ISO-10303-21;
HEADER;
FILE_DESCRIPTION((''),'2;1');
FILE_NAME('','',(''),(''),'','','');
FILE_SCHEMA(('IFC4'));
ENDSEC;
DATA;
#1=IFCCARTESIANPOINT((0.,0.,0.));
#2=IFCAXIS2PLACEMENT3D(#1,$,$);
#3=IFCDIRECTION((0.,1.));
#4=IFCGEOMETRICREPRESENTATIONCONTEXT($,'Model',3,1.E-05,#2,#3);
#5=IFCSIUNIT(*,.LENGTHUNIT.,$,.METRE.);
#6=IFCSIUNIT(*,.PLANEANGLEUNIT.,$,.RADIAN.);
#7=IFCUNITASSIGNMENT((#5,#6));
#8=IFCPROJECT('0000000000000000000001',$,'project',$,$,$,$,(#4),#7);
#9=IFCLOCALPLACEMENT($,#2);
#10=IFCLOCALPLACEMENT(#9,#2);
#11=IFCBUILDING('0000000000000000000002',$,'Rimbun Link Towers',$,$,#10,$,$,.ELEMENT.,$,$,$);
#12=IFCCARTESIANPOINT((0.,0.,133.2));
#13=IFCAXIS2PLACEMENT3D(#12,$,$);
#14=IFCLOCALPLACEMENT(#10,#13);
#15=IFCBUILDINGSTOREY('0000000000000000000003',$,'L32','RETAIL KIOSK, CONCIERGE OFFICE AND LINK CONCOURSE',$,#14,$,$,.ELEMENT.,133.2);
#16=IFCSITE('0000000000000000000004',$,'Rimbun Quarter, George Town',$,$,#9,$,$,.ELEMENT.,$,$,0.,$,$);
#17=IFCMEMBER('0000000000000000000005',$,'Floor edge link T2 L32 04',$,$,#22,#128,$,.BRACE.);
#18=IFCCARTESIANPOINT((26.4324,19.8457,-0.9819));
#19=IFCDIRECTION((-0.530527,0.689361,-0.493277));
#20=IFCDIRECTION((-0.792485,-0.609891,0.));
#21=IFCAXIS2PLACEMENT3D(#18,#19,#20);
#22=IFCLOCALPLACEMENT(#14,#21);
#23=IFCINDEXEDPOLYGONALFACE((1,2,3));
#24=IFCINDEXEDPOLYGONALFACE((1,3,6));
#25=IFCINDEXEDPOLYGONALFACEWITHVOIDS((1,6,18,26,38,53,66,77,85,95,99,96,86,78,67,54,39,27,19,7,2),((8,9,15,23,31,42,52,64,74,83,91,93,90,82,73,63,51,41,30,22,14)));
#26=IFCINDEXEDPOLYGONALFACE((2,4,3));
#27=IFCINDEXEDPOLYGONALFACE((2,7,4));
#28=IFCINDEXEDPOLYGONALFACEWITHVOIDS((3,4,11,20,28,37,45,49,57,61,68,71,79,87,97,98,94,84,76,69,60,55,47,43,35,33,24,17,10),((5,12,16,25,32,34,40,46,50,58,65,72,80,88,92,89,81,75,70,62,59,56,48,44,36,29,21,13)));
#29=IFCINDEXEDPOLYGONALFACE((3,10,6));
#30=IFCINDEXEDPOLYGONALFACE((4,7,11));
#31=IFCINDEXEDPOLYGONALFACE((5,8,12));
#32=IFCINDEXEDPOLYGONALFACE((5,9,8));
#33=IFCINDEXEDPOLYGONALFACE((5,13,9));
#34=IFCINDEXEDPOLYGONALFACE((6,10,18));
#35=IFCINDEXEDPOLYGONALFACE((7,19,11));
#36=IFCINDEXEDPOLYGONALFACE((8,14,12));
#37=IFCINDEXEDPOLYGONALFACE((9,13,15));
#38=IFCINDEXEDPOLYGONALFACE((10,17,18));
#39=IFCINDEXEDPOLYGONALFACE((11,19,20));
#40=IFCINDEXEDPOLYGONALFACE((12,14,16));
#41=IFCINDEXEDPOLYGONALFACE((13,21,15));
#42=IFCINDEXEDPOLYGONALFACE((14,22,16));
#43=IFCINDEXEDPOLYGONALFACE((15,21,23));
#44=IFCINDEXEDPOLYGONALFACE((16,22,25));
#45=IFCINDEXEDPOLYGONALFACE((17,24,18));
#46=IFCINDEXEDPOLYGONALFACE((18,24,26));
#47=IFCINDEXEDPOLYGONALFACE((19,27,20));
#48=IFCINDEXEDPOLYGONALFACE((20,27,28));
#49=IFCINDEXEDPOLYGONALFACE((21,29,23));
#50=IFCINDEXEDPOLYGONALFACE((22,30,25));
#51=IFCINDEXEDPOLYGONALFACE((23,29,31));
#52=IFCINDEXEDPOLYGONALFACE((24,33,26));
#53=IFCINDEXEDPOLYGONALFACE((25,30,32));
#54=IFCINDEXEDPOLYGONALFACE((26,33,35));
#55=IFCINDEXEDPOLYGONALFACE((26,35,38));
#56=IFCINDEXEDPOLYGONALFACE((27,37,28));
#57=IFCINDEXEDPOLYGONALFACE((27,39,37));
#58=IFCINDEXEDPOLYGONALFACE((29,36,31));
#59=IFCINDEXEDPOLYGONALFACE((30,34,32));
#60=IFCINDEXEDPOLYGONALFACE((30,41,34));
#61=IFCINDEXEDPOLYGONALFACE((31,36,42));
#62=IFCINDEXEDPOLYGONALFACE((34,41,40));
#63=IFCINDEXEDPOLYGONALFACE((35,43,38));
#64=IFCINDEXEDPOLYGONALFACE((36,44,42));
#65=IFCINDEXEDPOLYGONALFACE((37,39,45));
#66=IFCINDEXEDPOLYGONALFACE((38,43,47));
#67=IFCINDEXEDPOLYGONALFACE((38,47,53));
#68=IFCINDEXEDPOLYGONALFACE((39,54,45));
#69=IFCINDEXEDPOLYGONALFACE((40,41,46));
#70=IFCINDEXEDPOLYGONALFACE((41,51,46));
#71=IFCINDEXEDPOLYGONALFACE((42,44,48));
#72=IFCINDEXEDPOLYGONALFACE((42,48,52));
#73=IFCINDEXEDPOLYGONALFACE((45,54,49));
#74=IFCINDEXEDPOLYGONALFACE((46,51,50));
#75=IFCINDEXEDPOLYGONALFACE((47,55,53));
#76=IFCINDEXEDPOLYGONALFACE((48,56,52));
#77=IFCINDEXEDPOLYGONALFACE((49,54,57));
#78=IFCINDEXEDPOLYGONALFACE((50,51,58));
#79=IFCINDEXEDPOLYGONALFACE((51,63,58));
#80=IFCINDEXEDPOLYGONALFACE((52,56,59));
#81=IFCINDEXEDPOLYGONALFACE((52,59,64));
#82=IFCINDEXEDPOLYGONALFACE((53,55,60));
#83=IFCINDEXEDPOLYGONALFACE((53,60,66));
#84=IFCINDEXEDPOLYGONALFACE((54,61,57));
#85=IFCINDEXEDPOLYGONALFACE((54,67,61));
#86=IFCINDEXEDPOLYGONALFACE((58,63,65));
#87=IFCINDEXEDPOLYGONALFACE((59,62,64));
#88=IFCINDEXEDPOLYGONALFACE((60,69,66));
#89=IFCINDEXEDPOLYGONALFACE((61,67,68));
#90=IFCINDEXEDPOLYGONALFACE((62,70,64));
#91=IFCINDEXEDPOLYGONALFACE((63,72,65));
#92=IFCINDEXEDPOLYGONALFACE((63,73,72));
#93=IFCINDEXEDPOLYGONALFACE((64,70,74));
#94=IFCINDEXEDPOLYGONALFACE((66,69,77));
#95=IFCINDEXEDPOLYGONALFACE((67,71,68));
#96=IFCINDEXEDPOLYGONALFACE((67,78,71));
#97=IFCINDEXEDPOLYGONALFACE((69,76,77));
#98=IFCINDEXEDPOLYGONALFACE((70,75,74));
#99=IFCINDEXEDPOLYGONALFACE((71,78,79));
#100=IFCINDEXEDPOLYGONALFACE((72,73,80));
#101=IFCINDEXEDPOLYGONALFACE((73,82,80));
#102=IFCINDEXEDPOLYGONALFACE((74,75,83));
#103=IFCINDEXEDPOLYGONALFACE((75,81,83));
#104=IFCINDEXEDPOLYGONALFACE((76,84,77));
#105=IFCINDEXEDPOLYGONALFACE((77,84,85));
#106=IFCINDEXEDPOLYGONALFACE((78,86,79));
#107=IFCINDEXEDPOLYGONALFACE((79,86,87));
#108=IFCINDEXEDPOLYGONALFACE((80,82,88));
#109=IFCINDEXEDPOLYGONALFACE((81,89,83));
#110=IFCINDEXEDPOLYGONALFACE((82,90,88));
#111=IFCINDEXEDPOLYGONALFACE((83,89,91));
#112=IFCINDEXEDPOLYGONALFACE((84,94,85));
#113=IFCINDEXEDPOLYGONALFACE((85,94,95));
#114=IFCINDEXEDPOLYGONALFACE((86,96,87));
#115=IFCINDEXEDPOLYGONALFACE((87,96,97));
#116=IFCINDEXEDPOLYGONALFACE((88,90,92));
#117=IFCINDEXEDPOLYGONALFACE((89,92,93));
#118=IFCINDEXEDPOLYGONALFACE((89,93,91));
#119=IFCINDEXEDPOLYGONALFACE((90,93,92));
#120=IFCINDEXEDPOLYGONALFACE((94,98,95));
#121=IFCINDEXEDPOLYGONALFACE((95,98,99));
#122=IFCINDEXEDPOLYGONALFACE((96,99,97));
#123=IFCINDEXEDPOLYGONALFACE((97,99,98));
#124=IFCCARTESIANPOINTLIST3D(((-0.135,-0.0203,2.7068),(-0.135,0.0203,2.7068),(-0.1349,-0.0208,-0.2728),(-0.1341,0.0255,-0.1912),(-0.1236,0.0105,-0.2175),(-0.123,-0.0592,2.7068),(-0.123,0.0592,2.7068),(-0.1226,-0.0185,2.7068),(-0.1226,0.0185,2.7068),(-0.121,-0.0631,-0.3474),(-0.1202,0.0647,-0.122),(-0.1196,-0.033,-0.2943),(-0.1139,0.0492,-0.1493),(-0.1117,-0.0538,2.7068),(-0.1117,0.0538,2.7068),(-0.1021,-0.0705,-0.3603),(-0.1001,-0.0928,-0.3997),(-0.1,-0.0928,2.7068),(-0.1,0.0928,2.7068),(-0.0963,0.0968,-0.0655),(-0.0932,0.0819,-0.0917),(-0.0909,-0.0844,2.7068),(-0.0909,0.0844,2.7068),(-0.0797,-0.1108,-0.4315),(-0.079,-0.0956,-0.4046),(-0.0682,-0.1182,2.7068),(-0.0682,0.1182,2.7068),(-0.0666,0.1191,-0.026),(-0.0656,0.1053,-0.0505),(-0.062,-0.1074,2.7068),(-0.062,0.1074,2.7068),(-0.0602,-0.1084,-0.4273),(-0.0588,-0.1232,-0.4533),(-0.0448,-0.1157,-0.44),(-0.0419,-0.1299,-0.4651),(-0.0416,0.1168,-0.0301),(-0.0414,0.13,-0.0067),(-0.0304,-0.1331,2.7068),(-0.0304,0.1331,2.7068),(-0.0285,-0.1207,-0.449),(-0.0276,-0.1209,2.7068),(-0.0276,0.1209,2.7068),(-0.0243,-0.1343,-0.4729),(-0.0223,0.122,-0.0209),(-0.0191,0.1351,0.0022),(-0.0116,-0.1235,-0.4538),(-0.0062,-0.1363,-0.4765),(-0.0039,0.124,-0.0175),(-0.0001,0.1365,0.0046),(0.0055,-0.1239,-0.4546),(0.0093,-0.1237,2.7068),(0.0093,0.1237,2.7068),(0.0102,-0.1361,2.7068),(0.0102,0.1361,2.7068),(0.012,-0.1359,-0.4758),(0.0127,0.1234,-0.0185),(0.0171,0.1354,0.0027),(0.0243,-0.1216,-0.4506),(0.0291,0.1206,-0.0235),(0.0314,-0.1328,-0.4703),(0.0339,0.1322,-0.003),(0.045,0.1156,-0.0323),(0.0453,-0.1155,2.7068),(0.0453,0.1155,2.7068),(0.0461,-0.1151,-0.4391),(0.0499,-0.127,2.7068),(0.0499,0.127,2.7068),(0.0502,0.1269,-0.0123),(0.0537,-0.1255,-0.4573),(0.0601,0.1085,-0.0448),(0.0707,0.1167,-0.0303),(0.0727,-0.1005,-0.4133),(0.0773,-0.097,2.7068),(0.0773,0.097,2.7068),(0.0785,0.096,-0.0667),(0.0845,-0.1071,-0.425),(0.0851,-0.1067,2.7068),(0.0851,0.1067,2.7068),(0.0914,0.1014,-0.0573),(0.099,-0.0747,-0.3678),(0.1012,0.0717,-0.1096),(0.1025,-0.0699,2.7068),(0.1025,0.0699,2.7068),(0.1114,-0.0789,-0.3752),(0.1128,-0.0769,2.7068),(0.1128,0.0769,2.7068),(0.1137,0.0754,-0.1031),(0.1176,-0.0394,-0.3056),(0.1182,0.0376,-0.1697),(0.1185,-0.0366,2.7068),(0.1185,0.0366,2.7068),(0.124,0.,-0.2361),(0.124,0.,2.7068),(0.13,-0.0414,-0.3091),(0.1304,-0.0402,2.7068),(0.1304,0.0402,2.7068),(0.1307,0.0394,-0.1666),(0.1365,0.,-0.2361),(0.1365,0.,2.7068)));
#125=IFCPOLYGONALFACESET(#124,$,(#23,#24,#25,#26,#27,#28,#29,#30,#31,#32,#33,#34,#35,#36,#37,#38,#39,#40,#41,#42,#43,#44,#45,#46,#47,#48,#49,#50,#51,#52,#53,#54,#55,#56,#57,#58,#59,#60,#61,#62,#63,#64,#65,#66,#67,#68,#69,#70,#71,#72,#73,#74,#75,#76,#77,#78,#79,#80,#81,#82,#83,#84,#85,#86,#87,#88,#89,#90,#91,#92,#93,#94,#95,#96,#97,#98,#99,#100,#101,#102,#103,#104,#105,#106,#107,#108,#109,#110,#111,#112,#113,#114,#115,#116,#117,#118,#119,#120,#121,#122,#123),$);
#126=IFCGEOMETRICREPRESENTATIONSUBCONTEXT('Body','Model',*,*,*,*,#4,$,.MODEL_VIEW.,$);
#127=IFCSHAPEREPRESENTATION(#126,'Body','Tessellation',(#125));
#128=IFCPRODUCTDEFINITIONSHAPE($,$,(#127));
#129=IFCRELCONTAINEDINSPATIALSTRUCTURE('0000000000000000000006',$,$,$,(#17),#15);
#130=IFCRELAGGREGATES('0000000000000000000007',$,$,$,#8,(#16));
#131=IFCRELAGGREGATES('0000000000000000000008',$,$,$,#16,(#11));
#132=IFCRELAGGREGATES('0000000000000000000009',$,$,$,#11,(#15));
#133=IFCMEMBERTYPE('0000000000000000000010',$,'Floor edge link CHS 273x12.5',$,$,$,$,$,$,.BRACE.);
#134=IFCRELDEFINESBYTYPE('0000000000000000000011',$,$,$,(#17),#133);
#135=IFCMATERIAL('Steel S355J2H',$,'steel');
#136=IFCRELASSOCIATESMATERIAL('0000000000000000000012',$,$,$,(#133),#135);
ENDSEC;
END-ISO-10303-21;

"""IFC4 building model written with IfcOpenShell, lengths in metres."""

from ifc_helpers import new_model, si_unit, direction, frame, origin, origin_2d, place, context, subcontext, project, spatial, hollow_circle, extrude, clip, halfspace, material, material_profile, profile_set, type_object, element, save


model = new_model("IFC4")

# Units and contexts
model_context = context("Model", 3, precision=1e-05, world=origin(), true_north=direction((0.0, 1.0)))
body_context = subcontext(model_context, "Body", "Model", "MODEL_VIEW")
ifc_project = project(units=[si_unit("LENGTHUNIT", "METRE"), si_unit("PLANEANGLEUNIT", "RADIAN")], contexts=[model_context])

# Site, building, storey
site_placement = place(None, origin())
site = spatial("IfcSite", under=ifc_project, at=site_placement, Name="Rimbun Quarter, George Town", CompositionType="ELEMENT", RefElevation=0.0)
building_placement = place(site_placement, origin())
building = spatial("IfcBuilding", under=site, at=building_placement, Name="Rimbun Link Towers", CompositionType="ELEMENT")
storey_placement = place(building_placement, frame((0.0, 0.0, 133.2)))
storey = spatial("IfcBuildingStorey", under=building, at=storey_placement, Name="L32", Description="RETAIL KIOSK, CONCIERGE OFFICE AND LINK CONCOURSE", CompositionType="ELEMENT", Elevation=133.2)

# Member
ifc_material_1 = material(Name="Steel S355J2H", Category="steel")
ifc_material_profile_1 = material_profile(ifc_material_1, hollow_circle(Radius=0.1365, WallThickness=0.0125, at=origin_2d()), Name="CHS 273x12.5")
ifc_profile_set_1 = profile_set([ifc_material_profile_1], Name="Steel S355J2H")
member_type_1 = type_object("IfcMemberType", Name="Floor edge link CHS 273x12.5", PredefinedType="BRACE", material=ifc_profile_set_1)
member_1_placement = place(storey_placement, frame((26.4324, 19.8457, -0.9819), z_axis=(-0.530527, 0.689361, -0.493277), x_axis=(-0.792485, -0.609891, 0.0)))
element("IfcMember", 1, at=member_1_placement, inside=storey, type_object=member_type_1, Name="Floor edge link T2 L32 04", PredefinedType="BRACE", context=body_context, shape_type="Clipping", body=[
    clip(extrude(hollow_circle(Radius=0.1365, WallThickness=0.0125, at=origin_2d()), frame((0.0, 0.0, -0.5017)), (0.0, 0.0, 1.0), 3.2085), halfspace(frame((0.0, 0.0, -0.2361), z_axis=(0.0, 0.869872, -0.493277)), False)),
])

save(model, "model.ifc")
